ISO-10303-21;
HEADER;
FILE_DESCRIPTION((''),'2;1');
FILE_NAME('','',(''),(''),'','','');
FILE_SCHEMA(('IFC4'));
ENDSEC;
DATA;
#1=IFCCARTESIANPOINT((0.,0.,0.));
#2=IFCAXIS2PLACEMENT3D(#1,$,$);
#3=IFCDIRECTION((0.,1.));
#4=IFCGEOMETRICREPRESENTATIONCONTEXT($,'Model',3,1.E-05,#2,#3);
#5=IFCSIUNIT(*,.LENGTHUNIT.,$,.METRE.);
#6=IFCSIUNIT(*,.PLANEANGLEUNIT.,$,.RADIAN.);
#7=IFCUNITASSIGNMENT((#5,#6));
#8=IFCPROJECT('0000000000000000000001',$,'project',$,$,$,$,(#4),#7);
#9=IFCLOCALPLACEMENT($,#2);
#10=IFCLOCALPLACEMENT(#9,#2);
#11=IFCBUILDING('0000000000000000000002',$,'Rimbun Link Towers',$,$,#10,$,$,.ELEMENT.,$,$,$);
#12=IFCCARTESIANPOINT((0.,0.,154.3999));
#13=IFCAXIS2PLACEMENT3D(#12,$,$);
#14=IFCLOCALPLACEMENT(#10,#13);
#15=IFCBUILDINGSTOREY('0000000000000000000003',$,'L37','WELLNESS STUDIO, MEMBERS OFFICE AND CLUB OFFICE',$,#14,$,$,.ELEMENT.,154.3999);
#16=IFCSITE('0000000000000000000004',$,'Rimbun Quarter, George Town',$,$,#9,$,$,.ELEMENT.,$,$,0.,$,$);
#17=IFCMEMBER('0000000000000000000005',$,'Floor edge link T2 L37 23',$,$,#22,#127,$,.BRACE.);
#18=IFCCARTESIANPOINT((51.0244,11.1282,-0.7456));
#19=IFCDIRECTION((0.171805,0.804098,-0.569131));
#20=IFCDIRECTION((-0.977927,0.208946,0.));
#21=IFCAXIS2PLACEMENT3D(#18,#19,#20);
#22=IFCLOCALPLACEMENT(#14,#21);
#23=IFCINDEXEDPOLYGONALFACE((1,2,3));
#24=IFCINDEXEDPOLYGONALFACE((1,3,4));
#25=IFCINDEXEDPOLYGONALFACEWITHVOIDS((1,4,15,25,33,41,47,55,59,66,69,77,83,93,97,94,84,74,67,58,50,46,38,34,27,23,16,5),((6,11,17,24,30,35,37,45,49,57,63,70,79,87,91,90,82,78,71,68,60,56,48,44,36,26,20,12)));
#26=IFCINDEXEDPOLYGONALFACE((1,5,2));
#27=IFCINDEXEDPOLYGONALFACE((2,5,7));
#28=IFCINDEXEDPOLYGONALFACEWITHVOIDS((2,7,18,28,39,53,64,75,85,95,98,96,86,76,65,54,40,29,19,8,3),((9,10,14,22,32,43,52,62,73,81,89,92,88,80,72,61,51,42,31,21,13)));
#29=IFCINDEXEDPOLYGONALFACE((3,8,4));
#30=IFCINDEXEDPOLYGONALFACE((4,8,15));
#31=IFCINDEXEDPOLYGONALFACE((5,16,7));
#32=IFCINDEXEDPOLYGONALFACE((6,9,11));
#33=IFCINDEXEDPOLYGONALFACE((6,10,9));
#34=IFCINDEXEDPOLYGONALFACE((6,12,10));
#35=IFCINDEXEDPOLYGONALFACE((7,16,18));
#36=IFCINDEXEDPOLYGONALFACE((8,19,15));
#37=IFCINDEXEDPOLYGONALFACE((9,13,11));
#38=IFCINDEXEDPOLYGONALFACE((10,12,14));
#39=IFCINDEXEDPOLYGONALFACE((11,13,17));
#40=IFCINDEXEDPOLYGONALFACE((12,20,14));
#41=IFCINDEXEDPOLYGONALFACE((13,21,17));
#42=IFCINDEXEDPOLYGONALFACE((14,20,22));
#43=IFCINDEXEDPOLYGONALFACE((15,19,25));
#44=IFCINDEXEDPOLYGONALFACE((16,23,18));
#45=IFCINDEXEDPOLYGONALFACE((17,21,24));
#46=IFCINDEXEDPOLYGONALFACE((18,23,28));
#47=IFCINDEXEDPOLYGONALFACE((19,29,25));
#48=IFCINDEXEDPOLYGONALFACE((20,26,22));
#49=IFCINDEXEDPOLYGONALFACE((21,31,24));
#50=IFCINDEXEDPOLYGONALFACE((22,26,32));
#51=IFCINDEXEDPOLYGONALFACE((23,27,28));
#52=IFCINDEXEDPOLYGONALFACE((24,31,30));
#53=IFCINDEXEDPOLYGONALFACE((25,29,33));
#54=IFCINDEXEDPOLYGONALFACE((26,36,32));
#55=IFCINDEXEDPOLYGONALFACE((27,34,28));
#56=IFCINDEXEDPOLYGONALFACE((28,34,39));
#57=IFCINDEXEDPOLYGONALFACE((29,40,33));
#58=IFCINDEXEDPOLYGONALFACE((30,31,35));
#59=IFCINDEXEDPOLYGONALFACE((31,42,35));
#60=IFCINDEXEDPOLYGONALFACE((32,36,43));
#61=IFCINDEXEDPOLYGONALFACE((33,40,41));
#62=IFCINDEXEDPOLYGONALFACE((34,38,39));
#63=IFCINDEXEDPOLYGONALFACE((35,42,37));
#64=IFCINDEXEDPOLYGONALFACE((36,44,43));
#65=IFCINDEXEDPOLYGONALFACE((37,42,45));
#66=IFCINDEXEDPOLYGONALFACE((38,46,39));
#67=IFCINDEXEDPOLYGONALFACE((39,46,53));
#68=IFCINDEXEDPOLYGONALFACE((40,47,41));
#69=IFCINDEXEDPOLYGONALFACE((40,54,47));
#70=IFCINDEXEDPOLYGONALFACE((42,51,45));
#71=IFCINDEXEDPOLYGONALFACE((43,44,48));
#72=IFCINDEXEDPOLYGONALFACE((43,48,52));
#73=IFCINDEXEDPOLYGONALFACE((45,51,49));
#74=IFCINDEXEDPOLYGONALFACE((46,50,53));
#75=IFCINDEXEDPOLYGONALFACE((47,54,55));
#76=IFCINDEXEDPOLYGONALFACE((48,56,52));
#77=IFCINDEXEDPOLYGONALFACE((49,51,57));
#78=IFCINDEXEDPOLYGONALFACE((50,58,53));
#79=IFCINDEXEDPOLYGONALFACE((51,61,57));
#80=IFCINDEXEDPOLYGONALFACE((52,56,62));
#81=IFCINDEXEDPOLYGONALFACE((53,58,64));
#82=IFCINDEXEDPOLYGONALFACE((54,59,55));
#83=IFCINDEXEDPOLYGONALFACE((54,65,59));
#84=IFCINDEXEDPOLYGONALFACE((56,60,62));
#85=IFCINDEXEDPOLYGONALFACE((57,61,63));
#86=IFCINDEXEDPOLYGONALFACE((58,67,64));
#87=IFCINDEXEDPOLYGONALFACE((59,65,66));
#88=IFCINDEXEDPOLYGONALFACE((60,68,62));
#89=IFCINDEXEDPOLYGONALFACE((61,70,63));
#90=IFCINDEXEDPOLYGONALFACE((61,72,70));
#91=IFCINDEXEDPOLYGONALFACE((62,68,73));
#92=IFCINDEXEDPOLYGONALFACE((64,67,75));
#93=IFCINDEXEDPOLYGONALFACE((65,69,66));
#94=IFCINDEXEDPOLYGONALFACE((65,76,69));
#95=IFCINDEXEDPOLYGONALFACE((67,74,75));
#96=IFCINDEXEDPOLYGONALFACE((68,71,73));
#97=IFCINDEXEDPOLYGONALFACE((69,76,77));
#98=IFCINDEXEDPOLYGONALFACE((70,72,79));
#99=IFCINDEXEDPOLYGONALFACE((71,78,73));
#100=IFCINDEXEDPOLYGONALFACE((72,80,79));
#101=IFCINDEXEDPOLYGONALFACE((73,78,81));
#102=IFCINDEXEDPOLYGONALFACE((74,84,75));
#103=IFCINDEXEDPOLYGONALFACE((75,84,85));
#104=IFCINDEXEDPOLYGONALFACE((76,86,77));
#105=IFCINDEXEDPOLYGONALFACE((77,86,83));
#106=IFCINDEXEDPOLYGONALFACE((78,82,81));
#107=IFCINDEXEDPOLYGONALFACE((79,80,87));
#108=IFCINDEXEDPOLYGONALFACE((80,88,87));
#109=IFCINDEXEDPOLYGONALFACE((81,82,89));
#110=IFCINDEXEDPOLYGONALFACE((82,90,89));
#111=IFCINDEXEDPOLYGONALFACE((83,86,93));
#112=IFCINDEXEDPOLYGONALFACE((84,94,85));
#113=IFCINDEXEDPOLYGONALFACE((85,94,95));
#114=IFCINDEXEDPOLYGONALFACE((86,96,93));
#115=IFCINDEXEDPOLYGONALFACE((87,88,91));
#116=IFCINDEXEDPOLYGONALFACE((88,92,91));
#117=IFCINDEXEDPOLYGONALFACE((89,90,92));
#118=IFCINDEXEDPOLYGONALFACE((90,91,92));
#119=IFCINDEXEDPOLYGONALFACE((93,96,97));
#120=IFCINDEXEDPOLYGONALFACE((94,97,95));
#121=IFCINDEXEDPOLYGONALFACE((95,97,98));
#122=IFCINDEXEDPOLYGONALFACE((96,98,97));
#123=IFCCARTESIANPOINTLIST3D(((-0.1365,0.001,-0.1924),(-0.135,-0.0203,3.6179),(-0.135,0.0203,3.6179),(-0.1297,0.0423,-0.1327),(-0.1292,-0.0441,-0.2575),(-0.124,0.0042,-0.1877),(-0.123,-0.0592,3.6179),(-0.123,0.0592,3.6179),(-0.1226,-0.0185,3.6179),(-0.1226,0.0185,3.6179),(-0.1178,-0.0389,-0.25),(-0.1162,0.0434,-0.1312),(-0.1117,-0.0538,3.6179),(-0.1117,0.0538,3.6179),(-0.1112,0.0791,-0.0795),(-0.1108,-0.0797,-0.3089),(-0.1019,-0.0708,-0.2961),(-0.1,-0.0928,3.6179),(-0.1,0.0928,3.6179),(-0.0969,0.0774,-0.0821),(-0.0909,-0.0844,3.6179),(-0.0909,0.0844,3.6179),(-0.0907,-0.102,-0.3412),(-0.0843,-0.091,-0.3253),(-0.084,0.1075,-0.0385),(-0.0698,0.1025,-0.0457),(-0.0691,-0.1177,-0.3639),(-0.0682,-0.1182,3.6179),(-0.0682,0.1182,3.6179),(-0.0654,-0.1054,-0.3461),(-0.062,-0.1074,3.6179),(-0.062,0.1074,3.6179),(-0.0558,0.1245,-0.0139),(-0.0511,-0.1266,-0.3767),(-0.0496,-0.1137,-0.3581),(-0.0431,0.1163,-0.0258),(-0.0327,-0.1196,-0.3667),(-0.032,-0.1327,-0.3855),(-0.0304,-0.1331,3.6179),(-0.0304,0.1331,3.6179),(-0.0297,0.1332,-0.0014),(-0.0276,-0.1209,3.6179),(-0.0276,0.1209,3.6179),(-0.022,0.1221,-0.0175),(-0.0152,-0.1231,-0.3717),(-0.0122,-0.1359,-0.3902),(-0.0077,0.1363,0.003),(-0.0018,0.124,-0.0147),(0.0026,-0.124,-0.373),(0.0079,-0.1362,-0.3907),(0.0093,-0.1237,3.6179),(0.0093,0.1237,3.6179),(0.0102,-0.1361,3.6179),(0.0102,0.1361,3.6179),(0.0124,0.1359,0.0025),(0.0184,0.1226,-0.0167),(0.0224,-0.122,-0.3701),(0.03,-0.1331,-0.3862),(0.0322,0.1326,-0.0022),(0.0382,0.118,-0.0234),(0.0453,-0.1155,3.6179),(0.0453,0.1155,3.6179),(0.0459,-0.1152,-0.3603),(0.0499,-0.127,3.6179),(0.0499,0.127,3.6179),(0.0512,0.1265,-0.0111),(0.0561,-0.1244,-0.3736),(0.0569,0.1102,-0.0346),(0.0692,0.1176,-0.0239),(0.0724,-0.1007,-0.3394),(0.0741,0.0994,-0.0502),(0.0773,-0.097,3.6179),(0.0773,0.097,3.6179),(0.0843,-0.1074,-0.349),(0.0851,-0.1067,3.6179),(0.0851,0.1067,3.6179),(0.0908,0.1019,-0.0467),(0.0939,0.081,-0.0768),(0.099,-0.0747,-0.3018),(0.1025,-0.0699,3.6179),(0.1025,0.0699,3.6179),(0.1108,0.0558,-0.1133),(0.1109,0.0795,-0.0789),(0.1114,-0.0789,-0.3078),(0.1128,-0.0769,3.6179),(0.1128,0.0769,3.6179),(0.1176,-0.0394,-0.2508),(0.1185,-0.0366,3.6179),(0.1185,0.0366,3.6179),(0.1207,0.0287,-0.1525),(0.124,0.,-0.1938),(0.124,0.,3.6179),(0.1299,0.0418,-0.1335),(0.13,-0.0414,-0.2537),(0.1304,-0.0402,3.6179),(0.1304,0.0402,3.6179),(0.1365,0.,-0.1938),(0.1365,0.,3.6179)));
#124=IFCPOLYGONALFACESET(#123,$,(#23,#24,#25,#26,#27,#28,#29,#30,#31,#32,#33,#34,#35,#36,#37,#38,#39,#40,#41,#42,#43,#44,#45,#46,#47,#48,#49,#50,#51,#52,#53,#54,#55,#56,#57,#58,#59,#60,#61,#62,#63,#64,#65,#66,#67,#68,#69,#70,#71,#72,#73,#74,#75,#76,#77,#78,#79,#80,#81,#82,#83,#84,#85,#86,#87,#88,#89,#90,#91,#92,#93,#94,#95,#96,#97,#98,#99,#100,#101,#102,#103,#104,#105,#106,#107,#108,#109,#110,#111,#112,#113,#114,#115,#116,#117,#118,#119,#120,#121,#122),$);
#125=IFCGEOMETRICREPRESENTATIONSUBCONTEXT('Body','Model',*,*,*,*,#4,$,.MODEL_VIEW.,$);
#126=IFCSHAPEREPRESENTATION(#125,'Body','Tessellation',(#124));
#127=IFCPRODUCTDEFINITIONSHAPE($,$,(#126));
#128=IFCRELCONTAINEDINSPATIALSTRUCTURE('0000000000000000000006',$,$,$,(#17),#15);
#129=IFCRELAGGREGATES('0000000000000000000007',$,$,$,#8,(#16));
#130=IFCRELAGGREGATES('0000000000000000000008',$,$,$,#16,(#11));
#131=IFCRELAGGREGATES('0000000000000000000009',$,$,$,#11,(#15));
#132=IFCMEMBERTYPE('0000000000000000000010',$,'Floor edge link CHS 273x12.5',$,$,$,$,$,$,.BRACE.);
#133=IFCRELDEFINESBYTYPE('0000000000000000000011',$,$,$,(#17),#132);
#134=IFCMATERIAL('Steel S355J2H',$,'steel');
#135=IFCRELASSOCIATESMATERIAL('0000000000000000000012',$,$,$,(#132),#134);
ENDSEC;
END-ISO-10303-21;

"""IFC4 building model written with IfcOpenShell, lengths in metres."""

from ifc_helpers import new_model, si_unit, direction, frame, origin, origin_2d, place, context, subcontext, project, spatial, hollow_circle, extrude, clip, halfspace, material, material_profile, profile_set, type_object, element, save


model = new_model("IFC4")

# Units and contexts
model_context = context("Model", 3, precision=1e-05, world=origin(), true_north=direction((0.0, 1.0)))
body_context = subcontext(model_context, "Body", "Model", "MODEL_VIEW")
ifc_project = project(units=[si_unit("LENGTHUNIT", "METRE"), si_unit("PLANEANGLEUNIT", "RADIAN")], contexts=[model_context])

# Site, building, storey
site_placement = place(None, origin())
site = spatial("IfcSite", under=ifc_project, at=site_placement, Name="Rimbun Quarter, George Town", CompositionType="ELEMENT", RefElevation=0.0)
building_placement = place(site_placement, origin())
building = spatial("IfcBuilding", under=site, at=building_placement, Name="Rimbun Link Towers", CompositionType="ELEMENT")
storey_placement = place(building_placement, frame((0.0, 0.0, 154.3999)))
storey = spatial("IfcBuildingStorey", under=building, at=storey_placement, Name="L37", Description="WELLNESS STUDIO, MEMBERS OFFICE AND CLUB OFFICE", CompositionType="ELEMENT", Elevation=154.3999)

# Member
ifc_material_1 = material(Name="Steel S355J2H", Category="steel")
ifc_material_profile_1 = material_profile(ifc_material_1, hollow_circle(Radius=0.1365, WallThickness=0.0125, at=origin_2d()), Name="CHS 273x12.5")
ifc_profile_set_1 = profile_set([ifc_material_profile_1], Name="Steel S355J2H")
member_type = type_object("IfcMemberType", Name="Floor edge link CHS 273x12.5", PredefinedType="BRACE", material=ifc_profile_set_1)
member_placement = place(storey_placement, frame((51.0244, 11.1282, -0.7456), z_axis=(0.171805, 0.804098, -0.569131), x_axis=(-0.977927, 0.208946, 0.0)))
element("IfcMember", 1, at=member_placement, inside=storey, type_object=member_type, Name="Floor edge link T2 L37 23", PredefinedType="BRACE", context=body_context, shape_type="Clipping", body=[
    clip(extrude(hollow_circle(Radius=0.1365, WallThickness=0.0125, at=origin_2d()), frame((0.0, 0.0, -0.4121)), (0.0, 0.0, 1.0), 4.03), halfspace(frame((0.0, 0.0, -0.1938), z_axis=(0.0, 0.822247, -0.569131)), False)),
])

save(model, "model.ifc")
